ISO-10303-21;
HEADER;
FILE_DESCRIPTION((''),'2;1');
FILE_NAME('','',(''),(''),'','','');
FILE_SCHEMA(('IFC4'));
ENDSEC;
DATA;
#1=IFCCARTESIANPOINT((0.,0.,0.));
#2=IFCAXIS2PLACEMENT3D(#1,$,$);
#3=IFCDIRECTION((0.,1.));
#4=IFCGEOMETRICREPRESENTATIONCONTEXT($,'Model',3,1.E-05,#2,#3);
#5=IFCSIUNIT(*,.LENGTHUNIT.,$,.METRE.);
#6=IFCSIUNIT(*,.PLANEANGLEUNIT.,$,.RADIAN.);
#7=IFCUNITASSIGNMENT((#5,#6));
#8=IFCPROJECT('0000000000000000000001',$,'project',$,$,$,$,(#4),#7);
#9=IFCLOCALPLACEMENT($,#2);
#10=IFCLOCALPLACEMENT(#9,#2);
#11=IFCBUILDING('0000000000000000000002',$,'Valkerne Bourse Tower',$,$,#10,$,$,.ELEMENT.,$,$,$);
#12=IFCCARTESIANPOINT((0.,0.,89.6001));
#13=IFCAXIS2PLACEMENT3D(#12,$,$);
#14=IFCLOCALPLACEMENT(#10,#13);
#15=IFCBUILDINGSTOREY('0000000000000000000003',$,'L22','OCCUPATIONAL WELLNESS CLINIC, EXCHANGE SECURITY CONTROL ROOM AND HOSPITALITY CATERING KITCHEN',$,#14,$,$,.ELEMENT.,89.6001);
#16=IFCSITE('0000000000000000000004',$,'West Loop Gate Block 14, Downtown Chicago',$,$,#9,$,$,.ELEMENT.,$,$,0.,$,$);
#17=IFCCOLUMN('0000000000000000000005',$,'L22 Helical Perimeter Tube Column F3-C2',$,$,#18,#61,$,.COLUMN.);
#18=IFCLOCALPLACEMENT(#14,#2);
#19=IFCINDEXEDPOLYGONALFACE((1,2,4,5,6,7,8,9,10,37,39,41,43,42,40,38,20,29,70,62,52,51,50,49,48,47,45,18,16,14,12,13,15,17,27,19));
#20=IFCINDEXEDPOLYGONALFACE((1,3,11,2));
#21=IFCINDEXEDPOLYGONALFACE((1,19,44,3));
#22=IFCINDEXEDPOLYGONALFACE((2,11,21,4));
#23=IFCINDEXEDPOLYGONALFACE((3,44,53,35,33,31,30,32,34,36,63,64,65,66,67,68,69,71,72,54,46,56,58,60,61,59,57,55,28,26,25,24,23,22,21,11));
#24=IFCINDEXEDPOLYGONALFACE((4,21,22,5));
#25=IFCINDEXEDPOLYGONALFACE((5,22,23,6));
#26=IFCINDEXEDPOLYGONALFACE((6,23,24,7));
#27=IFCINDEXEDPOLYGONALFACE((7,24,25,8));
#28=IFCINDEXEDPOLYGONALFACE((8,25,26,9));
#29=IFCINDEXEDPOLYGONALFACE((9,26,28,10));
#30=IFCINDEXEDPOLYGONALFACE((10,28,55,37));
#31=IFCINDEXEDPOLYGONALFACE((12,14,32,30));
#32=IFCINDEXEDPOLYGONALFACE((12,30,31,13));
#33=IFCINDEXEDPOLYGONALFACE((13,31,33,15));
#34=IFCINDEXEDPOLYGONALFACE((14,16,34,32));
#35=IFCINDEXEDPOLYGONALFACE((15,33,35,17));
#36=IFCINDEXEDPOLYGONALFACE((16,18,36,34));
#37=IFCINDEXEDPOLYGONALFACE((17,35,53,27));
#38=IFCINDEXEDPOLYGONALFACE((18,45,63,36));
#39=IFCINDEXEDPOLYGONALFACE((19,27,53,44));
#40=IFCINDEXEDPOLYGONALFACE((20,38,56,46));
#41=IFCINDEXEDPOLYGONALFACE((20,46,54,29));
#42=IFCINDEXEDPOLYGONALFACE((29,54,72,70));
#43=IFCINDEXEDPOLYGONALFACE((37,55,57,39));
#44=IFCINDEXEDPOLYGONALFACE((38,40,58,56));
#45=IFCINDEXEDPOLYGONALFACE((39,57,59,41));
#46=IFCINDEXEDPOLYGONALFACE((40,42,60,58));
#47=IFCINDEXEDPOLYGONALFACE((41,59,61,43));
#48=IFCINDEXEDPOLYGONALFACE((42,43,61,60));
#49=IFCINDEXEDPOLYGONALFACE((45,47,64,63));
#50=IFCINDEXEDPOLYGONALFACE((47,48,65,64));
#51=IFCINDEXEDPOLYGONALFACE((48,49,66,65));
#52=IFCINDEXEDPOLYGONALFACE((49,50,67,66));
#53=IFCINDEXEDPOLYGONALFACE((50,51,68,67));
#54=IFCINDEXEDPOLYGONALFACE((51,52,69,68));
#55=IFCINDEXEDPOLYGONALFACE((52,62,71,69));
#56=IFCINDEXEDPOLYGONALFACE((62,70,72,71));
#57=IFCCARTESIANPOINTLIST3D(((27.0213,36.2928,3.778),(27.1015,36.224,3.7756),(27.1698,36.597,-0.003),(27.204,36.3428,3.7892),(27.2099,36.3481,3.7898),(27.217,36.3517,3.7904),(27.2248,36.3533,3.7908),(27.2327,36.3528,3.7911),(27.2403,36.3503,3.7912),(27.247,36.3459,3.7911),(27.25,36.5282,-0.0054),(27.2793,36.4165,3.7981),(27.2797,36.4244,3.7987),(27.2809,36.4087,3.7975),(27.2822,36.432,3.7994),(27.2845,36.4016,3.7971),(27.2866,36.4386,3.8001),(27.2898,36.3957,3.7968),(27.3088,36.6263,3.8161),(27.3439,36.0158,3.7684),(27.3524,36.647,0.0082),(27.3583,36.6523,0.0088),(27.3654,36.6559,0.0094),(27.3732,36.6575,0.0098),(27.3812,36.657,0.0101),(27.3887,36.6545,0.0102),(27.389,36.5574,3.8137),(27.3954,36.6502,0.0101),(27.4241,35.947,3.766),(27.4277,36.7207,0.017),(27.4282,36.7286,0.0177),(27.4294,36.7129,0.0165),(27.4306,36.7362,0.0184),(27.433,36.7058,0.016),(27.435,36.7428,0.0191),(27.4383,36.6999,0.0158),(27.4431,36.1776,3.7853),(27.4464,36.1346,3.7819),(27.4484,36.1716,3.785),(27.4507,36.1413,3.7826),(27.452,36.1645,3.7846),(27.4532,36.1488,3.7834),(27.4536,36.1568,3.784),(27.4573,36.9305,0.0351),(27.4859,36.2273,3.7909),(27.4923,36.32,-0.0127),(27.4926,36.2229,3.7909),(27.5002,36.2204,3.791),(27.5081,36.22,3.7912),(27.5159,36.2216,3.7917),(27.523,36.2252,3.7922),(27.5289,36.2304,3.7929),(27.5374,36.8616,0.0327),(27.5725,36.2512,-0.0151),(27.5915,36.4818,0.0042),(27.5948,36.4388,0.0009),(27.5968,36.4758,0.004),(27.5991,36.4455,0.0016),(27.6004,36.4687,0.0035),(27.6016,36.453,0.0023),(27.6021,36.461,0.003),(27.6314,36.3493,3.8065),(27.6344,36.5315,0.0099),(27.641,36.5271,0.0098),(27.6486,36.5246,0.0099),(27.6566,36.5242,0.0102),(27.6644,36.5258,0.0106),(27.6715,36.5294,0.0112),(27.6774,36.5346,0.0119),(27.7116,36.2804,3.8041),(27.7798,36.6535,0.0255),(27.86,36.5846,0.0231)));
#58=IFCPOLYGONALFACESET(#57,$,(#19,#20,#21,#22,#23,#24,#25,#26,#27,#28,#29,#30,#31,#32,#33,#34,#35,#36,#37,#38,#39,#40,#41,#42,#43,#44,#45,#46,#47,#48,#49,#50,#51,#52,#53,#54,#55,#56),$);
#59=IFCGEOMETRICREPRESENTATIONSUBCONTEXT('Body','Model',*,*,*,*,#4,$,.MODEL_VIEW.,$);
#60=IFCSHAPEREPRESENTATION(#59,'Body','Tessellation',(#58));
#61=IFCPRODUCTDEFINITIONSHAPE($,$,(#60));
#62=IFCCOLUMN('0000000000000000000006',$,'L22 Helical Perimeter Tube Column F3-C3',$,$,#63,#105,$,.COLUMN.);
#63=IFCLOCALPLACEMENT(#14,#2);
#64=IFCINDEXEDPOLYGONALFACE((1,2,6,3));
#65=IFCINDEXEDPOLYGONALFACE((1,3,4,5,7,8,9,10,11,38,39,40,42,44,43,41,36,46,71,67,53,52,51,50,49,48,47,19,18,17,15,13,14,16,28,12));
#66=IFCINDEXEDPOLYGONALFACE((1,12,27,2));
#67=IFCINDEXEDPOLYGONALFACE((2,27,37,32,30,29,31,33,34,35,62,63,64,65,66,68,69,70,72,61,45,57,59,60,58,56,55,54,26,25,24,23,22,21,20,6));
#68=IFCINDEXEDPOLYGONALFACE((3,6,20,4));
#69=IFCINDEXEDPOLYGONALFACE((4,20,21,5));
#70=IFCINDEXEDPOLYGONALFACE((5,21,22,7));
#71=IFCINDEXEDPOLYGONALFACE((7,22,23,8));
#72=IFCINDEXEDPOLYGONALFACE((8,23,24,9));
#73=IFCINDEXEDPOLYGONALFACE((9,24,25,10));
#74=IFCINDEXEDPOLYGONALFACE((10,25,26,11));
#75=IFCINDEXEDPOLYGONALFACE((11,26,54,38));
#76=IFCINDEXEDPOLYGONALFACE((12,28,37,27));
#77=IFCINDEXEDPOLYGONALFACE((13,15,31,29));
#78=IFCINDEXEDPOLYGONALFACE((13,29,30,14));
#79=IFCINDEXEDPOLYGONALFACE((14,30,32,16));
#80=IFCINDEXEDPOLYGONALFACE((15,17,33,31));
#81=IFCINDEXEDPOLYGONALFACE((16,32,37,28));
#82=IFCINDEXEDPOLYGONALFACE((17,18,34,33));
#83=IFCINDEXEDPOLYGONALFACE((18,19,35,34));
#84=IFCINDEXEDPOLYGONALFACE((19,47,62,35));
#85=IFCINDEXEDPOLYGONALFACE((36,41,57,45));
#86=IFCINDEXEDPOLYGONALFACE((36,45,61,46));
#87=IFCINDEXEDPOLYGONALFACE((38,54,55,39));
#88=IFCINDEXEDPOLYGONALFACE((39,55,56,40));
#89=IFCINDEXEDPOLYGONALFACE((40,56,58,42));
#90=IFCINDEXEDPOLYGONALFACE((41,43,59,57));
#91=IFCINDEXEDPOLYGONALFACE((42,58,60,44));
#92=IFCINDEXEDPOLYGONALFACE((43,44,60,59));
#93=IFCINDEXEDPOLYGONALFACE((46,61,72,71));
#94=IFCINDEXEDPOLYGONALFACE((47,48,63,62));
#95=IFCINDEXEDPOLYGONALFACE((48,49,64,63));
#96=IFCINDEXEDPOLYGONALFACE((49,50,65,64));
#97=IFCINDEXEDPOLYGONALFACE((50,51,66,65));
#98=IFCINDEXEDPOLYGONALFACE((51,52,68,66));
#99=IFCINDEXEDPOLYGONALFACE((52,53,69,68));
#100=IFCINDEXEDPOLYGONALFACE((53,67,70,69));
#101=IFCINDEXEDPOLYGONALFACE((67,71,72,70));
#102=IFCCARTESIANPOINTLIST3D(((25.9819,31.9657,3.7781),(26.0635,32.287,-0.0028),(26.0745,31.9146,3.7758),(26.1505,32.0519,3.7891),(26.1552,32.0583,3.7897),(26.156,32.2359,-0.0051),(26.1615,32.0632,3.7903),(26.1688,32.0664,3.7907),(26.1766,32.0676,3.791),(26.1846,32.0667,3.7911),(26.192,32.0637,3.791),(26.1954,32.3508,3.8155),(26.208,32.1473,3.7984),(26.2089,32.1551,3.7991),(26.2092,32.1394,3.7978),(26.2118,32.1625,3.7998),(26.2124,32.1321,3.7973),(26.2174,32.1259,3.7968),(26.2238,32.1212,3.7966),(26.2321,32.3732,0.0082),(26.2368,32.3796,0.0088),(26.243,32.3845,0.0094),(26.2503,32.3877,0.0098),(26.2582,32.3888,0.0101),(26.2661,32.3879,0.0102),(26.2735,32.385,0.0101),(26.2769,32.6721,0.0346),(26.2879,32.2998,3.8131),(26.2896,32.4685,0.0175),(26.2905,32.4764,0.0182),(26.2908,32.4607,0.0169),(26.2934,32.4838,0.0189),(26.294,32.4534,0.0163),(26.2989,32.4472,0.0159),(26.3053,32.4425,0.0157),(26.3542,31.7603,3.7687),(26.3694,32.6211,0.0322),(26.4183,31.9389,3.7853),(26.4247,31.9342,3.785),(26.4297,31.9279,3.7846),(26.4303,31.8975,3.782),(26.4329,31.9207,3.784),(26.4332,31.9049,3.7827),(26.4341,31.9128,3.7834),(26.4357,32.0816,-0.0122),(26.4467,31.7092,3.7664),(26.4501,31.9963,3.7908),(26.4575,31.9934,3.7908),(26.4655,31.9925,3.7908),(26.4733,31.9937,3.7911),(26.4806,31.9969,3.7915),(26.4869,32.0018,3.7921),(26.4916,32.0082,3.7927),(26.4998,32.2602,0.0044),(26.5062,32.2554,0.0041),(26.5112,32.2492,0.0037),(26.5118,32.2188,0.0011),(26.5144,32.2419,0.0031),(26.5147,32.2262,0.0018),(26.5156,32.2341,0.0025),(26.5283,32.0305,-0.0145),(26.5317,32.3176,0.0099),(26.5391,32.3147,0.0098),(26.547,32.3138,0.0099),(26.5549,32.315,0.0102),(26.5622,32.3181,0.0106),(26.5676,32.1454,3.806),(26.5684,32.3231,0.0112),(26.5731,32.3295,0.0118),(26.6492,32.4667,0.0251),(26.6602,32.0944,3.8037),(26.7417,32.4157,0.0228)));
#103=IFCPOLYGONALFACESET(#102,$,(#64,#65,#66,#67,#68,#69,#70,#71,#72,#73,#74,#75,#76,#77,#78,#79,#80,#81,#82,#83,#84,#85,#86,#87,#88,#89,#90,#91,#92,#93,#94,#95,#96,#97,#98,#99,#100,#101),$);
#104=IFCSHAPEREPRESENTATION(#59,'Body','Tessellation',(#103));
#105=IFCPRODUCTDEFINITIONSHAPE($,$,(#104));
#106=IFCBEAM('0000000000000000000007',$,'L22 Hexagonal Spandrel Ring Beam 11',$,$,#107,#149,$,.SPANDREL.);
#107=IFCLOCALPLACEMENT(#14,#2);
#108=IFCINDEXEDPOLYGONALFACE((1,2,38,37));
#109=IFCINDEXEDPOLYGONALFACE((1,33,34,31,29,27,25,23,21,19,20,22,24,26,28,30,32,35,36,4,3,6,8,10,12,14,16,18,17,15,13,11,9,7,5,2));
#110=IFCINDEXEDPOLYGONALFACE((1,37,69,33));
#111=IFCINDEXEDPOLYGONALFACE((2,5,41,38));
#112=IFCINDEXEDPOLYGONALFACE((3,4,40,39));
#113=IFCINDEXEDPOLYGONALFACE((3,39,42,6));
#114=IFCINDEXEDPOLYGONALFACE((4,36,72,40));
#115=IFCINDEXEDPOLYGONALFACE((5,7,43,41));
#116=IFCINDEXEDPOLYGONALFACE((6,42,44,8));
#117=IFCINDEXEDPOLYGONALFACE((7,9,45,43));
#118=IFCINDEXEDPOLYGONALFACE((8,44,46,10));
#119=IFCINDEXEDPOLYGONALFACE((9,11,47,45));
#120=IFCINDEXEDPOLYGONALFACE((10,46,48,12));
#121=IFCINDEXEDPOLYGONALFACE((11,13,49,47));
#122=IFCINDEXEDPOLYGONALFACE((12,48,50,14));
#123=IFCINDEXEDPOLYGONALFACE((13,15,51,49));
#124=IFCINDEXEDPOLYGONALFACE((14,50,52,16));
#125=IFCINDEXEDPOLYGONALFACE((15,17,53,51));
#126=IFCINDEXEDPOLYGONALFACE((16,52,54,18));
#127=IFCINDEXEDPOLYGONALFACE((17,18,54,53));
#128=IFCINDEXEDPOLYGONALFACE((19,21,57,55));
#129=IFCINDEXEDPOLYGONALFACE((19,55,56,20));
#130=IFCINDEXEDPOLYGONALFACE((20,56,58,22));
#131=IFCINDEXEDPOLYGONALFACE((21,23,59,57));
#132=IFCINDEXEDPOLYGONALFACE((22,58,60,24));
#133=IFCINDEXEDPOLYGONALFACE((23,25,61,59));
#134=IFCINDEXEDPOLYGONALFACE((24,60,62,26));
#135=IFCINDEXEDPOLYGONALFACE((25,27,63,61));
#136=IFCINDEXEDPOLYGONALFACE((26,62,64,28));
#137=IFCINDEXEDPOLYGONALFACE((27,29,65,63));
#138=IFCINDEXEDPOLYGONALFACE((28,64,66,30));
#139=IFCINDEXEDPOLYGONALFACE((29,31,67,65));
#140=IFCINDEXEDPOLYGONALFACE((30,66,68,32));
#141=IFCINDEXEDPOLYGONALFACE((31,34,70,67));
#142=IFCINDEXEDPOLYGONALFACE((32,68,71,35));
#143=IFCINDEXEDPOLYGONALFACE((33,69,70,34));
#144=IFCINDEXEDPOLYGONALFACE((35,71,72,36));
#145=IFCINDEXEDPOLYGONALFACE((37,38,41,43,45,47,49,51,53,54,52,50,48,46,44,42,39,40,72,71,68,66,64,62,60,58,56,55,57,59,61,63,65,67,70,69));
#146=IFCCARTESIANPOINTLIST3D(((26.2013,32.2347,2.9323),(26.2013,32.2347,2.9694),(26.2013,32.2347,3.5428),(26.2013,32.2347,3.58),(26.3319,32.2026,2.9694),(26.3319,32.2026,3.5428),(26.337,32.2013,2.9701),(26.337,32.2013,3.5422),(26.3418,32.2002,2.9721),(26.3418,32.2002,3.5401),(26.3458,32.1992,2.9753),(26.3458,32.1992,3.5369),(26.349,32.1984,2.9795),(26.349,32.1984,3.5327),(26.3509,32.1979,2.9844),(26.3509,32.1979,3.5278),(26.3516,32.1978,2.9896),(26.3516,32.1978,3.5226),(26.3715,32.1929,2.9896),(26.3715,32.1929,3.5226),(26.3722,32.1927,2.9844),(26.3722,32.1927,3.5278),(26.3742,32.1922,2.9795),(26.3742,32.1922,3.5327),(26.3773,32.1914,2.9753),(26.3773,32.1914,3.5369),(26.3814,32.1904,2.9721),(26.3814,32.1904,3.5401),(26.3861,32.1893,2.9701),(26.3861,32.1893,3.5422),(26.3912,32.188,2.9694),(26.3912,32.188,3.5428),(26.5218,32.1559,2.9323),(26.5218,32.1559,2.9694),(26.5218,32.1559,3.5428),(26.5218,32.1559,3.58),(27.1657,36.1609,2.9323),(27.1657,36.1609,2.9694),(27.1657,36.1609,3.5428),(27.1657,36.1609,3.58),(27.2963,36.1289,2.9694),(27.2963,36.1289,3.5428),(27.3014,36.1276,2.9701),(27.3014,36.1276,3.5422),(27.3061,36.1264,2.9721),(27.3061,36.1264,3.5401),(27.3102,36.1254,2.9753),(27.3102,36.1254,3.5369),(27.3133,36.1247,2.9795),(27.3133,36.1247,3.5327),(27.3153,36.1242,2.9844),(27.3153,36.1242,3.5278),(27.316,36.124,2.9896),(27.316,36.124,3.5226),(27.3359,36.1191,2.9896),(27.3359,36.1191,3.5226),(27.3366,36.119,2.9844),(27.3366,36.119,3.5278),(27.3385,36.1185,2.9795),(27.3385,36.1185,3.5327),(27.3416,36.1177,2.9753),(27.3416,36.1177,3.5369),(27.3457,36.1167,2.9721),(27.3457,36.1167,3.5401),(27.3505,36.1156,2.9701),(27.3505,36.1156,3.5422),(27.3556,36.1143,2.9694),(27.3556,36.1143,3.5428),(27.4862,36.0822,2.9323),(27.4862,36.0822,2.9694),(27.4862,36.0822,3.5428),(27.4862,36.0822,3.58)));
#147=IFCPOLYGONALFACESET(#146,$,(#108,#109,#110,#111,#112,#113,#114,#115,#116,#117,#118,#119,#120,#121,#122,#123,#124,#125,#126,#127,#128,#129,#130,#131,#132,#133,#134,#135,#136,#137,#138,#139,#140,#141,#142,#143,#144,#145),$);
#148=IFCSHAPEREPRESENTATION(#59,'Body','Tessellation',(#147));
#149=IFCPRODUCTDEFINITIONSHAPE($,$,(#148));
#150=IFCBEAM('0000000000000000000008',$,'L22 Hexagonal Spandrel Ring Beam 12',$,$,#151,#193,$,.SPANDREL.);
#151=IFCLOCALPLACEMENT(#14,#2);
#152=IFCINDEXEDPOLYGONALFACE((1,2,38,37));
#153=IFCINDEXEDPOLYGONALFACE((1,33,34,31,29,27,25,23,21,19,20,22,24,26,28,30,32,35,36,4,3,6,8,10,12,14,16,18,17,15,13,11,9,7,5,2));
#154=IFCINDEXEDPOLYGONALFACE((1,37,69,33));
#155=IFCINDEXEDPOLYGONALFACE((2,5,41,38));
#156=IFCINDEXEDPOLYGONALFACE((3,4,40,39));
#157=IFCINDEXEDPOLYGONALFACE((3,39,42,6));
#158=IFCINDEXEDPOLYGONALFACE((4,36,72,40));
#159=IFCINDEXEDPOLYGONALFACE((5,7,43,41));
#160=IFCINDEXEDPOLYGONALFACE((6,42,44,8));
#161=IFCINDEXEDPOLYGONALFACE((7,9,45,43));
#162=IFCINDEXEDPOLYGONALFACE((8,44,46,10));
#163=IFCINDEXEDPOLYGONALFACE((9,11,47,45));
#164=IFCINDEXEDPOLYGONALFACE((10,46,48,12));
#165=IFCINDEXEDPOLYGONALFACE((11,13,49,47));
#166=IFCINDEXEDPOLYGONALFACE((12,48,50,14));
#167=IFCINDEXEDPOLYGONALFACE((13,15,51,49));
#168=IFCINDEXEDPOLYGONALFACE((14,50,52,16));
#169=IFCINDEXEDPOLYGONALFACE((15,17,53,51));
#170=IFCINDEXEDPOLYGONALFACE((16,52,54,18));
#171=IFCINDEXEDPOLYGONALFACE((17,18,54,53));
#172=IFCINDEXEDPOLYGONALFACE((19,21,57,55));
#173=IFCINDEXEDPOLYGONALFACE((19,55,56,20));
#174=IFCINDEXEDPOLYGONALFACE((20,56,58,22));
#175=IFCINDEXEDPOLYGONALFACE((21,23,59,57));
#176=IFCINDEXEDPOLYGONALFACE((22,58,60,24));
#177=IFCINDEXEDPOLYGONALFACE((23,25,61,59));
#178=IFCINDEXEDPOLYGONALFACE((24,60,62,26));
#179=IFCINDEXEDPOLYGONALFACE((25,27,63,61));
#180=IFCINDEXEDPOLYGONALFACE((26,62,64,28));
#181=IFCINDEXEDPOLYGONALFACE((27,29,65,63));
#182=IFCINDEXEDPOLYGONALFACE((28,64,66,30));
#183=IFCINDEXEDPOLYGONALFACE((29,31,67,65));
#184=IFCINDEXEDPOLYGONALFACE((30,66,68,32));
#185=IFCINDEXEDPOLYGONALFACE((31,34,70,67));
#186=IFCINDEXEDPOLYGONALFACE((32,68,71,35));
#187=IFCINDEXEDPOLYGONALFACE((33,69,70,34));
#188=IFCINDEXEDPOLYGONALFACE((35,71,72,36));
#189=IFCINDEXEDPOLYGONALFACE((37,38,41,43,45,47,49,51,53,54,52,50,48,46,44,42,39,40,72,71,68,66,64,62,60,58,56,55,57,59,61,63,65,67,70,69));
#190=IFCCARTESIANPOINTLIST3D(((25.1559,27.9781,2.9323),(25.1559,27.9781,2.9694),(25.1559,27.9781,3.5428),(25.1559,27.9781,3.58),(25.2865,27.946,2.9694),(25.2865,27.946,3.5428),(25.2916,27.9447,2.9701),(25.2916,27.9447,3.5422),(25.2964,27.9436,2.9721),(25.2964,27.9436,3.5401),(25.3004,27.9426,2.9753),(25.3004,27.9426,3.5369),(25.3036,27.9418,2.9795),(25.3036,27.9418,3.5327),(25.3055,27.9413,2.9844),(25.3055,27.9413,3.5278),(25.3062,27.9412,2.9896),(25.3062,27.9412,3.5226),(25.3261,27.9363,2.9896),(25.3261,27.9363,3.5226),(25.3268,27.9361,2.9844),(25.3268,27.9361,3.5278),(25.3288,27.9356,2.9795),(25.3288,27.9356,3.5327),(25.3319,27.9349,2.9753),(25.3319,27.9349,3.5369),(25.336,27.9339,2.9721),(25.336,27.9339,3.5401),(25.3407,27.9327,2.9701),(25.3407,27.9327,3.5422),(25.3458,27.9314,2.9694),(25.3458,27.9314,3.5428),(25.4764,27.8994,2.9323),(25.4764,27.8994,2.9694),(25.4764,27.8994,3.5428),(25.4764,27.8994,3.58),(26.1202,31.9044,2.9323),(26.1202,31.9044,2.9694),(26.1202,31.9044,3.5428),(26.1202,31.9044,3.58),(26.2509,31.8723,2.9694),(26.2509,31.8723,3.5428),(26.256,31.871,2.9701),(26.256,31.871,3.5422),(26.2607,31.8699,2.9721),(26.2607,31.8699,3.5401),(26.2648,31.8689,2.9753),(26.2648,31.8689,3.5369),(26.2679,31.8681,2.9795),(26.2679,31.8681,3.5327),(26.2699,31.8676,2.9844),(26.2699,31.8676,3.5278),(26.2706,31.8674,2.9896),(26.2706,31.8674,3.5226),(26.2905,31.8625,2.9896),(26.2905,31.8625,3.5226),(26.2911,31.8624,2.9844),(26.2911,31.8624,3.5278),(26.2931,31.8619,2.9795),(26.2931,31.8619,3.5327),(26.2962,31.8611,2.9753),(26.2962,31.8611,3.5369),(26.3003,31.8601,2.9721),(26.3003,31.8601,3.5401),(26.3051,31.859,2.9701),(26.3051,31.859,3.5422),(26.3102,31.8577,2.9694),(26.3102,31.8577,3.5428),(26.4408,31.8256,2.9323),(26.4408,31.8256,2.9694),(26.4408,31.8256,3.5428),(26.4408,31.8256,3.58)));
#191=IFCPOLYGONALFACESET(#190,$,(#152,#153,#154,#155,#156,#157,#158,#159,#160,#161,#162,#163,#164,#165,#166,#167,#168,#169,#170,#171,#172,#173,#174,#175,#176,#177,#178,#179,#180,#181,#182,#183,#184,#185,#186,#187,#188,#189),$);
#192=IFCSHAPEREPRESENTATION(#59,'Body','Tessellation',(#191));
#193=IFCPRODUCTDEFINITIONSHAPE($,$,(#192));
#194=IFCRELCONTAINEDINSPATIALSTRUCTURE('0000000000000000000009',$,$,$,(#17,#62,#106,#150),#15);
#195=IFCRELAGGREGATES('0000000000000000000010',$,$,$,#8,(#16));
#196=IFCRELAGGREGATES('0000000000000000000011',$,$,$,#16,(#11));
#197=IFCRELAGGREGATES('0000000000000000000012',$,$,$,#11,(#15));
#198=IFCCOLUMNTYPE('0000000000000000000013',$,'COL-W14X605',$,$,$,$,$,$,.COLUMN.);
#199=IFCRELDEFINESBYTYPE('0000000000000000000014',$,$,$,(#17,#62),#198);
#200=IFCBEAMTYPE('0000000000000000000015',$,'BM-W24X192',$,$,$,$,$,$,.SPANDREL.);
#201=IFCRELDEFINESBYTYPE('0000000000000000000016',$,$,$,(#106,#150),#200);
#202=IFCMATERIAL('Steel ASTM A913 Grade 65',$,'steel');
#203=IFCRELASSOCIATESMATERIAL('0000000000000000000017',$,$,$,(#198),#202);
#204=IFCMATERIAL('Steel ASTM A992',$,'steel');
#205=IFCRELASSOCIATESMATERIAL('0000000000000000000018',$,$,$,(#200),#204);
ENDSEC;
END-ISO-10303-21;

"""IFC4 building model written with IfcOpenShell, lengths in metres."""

from ifc_helpers import new_model, si_unit, direction, frame, origin, origin_2d, place, context, subcontext, project, spatial, i_section, extrude, material, material_profile, profile_set, type_object, element, save


model = new_model("IFC4")

# Units and contexts
model_context = context("Model", 3, precision=1e-05, world=origin(), true_north=direction((0.0, 1.0)))
body_context = subcontext(model_context, "Body", "Model", "MODEL_VIEW")
ifc_project = project(units=[si_unit("LENGTHUNIT", "METRE"), si_unit("PLANEANGLEUNIT", "RADIAN")], contexts=[model_context])

# Site, building, storey
site_placement = place(None, origin())
site = spatial("IfcSite", under=ifc_project, at=site_placement, Name="West Loop Gate Block 14, Downtown Chicago", CompositionType="ELEMENT", RefElevation=0.0)
building_placement = place(site_placement, origin())
building = spatial("IfcBuilding", under=site, at=building_placement, Name="Valkerne Bourse Tower", CompositionType="ELEMENT")
storey_placement = place(building_placement, frame((0.0, 0.0, 89.6001)))
storey = spatial("IfcBuildingStorey", under=building, at=storey_placement, Name="L22", Description="OCCUPATIONAL WELLNESS CLINIC, EXCHANGE SECURITY CONTROL ROOM AND HOSPITALITY CATERING KITCHEN", CompositionType="ELEMENT", Elevation=89.6001)

# Columns
ifc_material_1 = material(Name="Steel ASTM A913 Grade 65", Category="steel")
ifc_material_profile_1 = material_profile(ifc_material_1, i_section(OverallWidth=0.4419, OverallDepth=0.531, WebThickness=0.0659, FlangeThickness=0.1057, FilletRadius=0.0305, at=origin_2d()), Name="W14X605")
ifc_profile_set_1 = profile_set([ifc_material_profile_1], Name="Steel ASTM A913 Grade 65")
column_type = type_object("IfcColumnType", Name="COL-W14X605", PredefinedType="COLUMN", material=ifc_profile_set_1)
column_1_placement = place(storey_placement, frame((27.5149, 36.5908, 0.01), z_axis=(-0.039102, -0.080134, 0.996017), x_axis=(-0.650549, -0.754551, -0.086247)))
element("IfcColumn", 1, at=column_1_placement, inside=storey, type_object=column_type, Name="L22 Helical Perimeter Tube Column F3-C2", PredefinedType="COLUMN", context=body_context, shape_type="SweptSolid", body=[
    extrude(i_section(OverallWidth=0.4419, OverallDepth=0.531, WebThickness=0.0659, FlangeThickness=0.1057, FilletRadius=0.0305, at=origin_2d()), origin(), (0.0, 0.0, 1.0), 3.7961),
])
column_2_placement = place(storey_placement, frame((26.4026, 32.3513, 0.01), z_axis=(-0.021484, -0.08465, 0.996179), x_axis=(-0.482999, -0.871537, -0.084475)))
element("IfcColumn", 2, at=column_2_placement, inside=storey, type_object=column_type, Name="L22 Helical Perimeter Tube Column F3-C3", PredefinedType="COLUMN", context=body_context, shape_type="SweptSolid", body=[
    extrude(i_section(OverallWidth=0.4419, OverallDepth=0.531, WebThickness=0.0659, FlangeThickness=0.1057, FilletRadius=0.0305, at=origin_2d()), origin(), (0.0, 0.0, 1.0), 3.7954),
])

# Beams
ifc_material_2 = material(Name="Steel ASTM A992", Category="steel")
ifc_material_profile_2 = material_profile(ifc_material_2, i_section(OverallWidth=0.3301, OverallDepth=0.6477, WebThickness=0.0205, FlangeThickness=0.0371, FilletRadius=0.0203, at=origin_2d()), Name="W24X192")
ifc_profile_set_2 = profile_set([ifc_material_profile_2], Name="Steel ASTM A992")
beam_type_1 = type_object("IfcBeamType", Name="BM-W24X192", PredefinedType="SPANDREL", material=ifc_profile_set_2)
for number, where, z_axis, x_axis, name in (
    (3, (27.3259, 36.1216, 3.2561), (-0.238527, -0.971136, 0.0), (0.971136, -0.238527, 0.0), "L22 Hexagonal Spandrel Ring Beam 11"),
    (4, (26.2805, 31.865, 3.2561), (-0.238527, -0.971136, 0.0), (0.971136, -0.238527, 0.0), "L22 Hexagonal Spandrel Ring Beam 12"),
):
    element("IfcBeam", number, at=place(storey_placement, frame(where, z_axis=z_axis, x_axis=x_axis)), inside=storey, type_object=beam_type_1, Name=name, PredefinedType="SPANDREL", context=body_context, shape_type="SweptSolid", body=[
        extrude(i_section(OverallWidth=0.3301, OverallDepth=0.6477, WebThickness=0.0205, FlangeThickness=0.0371, FilletRadius=0.0203, at=origin_2d()), origin(), (0.0, 0.0, 1.0), 4.043),
    ])

save(model, "model.ifc")
